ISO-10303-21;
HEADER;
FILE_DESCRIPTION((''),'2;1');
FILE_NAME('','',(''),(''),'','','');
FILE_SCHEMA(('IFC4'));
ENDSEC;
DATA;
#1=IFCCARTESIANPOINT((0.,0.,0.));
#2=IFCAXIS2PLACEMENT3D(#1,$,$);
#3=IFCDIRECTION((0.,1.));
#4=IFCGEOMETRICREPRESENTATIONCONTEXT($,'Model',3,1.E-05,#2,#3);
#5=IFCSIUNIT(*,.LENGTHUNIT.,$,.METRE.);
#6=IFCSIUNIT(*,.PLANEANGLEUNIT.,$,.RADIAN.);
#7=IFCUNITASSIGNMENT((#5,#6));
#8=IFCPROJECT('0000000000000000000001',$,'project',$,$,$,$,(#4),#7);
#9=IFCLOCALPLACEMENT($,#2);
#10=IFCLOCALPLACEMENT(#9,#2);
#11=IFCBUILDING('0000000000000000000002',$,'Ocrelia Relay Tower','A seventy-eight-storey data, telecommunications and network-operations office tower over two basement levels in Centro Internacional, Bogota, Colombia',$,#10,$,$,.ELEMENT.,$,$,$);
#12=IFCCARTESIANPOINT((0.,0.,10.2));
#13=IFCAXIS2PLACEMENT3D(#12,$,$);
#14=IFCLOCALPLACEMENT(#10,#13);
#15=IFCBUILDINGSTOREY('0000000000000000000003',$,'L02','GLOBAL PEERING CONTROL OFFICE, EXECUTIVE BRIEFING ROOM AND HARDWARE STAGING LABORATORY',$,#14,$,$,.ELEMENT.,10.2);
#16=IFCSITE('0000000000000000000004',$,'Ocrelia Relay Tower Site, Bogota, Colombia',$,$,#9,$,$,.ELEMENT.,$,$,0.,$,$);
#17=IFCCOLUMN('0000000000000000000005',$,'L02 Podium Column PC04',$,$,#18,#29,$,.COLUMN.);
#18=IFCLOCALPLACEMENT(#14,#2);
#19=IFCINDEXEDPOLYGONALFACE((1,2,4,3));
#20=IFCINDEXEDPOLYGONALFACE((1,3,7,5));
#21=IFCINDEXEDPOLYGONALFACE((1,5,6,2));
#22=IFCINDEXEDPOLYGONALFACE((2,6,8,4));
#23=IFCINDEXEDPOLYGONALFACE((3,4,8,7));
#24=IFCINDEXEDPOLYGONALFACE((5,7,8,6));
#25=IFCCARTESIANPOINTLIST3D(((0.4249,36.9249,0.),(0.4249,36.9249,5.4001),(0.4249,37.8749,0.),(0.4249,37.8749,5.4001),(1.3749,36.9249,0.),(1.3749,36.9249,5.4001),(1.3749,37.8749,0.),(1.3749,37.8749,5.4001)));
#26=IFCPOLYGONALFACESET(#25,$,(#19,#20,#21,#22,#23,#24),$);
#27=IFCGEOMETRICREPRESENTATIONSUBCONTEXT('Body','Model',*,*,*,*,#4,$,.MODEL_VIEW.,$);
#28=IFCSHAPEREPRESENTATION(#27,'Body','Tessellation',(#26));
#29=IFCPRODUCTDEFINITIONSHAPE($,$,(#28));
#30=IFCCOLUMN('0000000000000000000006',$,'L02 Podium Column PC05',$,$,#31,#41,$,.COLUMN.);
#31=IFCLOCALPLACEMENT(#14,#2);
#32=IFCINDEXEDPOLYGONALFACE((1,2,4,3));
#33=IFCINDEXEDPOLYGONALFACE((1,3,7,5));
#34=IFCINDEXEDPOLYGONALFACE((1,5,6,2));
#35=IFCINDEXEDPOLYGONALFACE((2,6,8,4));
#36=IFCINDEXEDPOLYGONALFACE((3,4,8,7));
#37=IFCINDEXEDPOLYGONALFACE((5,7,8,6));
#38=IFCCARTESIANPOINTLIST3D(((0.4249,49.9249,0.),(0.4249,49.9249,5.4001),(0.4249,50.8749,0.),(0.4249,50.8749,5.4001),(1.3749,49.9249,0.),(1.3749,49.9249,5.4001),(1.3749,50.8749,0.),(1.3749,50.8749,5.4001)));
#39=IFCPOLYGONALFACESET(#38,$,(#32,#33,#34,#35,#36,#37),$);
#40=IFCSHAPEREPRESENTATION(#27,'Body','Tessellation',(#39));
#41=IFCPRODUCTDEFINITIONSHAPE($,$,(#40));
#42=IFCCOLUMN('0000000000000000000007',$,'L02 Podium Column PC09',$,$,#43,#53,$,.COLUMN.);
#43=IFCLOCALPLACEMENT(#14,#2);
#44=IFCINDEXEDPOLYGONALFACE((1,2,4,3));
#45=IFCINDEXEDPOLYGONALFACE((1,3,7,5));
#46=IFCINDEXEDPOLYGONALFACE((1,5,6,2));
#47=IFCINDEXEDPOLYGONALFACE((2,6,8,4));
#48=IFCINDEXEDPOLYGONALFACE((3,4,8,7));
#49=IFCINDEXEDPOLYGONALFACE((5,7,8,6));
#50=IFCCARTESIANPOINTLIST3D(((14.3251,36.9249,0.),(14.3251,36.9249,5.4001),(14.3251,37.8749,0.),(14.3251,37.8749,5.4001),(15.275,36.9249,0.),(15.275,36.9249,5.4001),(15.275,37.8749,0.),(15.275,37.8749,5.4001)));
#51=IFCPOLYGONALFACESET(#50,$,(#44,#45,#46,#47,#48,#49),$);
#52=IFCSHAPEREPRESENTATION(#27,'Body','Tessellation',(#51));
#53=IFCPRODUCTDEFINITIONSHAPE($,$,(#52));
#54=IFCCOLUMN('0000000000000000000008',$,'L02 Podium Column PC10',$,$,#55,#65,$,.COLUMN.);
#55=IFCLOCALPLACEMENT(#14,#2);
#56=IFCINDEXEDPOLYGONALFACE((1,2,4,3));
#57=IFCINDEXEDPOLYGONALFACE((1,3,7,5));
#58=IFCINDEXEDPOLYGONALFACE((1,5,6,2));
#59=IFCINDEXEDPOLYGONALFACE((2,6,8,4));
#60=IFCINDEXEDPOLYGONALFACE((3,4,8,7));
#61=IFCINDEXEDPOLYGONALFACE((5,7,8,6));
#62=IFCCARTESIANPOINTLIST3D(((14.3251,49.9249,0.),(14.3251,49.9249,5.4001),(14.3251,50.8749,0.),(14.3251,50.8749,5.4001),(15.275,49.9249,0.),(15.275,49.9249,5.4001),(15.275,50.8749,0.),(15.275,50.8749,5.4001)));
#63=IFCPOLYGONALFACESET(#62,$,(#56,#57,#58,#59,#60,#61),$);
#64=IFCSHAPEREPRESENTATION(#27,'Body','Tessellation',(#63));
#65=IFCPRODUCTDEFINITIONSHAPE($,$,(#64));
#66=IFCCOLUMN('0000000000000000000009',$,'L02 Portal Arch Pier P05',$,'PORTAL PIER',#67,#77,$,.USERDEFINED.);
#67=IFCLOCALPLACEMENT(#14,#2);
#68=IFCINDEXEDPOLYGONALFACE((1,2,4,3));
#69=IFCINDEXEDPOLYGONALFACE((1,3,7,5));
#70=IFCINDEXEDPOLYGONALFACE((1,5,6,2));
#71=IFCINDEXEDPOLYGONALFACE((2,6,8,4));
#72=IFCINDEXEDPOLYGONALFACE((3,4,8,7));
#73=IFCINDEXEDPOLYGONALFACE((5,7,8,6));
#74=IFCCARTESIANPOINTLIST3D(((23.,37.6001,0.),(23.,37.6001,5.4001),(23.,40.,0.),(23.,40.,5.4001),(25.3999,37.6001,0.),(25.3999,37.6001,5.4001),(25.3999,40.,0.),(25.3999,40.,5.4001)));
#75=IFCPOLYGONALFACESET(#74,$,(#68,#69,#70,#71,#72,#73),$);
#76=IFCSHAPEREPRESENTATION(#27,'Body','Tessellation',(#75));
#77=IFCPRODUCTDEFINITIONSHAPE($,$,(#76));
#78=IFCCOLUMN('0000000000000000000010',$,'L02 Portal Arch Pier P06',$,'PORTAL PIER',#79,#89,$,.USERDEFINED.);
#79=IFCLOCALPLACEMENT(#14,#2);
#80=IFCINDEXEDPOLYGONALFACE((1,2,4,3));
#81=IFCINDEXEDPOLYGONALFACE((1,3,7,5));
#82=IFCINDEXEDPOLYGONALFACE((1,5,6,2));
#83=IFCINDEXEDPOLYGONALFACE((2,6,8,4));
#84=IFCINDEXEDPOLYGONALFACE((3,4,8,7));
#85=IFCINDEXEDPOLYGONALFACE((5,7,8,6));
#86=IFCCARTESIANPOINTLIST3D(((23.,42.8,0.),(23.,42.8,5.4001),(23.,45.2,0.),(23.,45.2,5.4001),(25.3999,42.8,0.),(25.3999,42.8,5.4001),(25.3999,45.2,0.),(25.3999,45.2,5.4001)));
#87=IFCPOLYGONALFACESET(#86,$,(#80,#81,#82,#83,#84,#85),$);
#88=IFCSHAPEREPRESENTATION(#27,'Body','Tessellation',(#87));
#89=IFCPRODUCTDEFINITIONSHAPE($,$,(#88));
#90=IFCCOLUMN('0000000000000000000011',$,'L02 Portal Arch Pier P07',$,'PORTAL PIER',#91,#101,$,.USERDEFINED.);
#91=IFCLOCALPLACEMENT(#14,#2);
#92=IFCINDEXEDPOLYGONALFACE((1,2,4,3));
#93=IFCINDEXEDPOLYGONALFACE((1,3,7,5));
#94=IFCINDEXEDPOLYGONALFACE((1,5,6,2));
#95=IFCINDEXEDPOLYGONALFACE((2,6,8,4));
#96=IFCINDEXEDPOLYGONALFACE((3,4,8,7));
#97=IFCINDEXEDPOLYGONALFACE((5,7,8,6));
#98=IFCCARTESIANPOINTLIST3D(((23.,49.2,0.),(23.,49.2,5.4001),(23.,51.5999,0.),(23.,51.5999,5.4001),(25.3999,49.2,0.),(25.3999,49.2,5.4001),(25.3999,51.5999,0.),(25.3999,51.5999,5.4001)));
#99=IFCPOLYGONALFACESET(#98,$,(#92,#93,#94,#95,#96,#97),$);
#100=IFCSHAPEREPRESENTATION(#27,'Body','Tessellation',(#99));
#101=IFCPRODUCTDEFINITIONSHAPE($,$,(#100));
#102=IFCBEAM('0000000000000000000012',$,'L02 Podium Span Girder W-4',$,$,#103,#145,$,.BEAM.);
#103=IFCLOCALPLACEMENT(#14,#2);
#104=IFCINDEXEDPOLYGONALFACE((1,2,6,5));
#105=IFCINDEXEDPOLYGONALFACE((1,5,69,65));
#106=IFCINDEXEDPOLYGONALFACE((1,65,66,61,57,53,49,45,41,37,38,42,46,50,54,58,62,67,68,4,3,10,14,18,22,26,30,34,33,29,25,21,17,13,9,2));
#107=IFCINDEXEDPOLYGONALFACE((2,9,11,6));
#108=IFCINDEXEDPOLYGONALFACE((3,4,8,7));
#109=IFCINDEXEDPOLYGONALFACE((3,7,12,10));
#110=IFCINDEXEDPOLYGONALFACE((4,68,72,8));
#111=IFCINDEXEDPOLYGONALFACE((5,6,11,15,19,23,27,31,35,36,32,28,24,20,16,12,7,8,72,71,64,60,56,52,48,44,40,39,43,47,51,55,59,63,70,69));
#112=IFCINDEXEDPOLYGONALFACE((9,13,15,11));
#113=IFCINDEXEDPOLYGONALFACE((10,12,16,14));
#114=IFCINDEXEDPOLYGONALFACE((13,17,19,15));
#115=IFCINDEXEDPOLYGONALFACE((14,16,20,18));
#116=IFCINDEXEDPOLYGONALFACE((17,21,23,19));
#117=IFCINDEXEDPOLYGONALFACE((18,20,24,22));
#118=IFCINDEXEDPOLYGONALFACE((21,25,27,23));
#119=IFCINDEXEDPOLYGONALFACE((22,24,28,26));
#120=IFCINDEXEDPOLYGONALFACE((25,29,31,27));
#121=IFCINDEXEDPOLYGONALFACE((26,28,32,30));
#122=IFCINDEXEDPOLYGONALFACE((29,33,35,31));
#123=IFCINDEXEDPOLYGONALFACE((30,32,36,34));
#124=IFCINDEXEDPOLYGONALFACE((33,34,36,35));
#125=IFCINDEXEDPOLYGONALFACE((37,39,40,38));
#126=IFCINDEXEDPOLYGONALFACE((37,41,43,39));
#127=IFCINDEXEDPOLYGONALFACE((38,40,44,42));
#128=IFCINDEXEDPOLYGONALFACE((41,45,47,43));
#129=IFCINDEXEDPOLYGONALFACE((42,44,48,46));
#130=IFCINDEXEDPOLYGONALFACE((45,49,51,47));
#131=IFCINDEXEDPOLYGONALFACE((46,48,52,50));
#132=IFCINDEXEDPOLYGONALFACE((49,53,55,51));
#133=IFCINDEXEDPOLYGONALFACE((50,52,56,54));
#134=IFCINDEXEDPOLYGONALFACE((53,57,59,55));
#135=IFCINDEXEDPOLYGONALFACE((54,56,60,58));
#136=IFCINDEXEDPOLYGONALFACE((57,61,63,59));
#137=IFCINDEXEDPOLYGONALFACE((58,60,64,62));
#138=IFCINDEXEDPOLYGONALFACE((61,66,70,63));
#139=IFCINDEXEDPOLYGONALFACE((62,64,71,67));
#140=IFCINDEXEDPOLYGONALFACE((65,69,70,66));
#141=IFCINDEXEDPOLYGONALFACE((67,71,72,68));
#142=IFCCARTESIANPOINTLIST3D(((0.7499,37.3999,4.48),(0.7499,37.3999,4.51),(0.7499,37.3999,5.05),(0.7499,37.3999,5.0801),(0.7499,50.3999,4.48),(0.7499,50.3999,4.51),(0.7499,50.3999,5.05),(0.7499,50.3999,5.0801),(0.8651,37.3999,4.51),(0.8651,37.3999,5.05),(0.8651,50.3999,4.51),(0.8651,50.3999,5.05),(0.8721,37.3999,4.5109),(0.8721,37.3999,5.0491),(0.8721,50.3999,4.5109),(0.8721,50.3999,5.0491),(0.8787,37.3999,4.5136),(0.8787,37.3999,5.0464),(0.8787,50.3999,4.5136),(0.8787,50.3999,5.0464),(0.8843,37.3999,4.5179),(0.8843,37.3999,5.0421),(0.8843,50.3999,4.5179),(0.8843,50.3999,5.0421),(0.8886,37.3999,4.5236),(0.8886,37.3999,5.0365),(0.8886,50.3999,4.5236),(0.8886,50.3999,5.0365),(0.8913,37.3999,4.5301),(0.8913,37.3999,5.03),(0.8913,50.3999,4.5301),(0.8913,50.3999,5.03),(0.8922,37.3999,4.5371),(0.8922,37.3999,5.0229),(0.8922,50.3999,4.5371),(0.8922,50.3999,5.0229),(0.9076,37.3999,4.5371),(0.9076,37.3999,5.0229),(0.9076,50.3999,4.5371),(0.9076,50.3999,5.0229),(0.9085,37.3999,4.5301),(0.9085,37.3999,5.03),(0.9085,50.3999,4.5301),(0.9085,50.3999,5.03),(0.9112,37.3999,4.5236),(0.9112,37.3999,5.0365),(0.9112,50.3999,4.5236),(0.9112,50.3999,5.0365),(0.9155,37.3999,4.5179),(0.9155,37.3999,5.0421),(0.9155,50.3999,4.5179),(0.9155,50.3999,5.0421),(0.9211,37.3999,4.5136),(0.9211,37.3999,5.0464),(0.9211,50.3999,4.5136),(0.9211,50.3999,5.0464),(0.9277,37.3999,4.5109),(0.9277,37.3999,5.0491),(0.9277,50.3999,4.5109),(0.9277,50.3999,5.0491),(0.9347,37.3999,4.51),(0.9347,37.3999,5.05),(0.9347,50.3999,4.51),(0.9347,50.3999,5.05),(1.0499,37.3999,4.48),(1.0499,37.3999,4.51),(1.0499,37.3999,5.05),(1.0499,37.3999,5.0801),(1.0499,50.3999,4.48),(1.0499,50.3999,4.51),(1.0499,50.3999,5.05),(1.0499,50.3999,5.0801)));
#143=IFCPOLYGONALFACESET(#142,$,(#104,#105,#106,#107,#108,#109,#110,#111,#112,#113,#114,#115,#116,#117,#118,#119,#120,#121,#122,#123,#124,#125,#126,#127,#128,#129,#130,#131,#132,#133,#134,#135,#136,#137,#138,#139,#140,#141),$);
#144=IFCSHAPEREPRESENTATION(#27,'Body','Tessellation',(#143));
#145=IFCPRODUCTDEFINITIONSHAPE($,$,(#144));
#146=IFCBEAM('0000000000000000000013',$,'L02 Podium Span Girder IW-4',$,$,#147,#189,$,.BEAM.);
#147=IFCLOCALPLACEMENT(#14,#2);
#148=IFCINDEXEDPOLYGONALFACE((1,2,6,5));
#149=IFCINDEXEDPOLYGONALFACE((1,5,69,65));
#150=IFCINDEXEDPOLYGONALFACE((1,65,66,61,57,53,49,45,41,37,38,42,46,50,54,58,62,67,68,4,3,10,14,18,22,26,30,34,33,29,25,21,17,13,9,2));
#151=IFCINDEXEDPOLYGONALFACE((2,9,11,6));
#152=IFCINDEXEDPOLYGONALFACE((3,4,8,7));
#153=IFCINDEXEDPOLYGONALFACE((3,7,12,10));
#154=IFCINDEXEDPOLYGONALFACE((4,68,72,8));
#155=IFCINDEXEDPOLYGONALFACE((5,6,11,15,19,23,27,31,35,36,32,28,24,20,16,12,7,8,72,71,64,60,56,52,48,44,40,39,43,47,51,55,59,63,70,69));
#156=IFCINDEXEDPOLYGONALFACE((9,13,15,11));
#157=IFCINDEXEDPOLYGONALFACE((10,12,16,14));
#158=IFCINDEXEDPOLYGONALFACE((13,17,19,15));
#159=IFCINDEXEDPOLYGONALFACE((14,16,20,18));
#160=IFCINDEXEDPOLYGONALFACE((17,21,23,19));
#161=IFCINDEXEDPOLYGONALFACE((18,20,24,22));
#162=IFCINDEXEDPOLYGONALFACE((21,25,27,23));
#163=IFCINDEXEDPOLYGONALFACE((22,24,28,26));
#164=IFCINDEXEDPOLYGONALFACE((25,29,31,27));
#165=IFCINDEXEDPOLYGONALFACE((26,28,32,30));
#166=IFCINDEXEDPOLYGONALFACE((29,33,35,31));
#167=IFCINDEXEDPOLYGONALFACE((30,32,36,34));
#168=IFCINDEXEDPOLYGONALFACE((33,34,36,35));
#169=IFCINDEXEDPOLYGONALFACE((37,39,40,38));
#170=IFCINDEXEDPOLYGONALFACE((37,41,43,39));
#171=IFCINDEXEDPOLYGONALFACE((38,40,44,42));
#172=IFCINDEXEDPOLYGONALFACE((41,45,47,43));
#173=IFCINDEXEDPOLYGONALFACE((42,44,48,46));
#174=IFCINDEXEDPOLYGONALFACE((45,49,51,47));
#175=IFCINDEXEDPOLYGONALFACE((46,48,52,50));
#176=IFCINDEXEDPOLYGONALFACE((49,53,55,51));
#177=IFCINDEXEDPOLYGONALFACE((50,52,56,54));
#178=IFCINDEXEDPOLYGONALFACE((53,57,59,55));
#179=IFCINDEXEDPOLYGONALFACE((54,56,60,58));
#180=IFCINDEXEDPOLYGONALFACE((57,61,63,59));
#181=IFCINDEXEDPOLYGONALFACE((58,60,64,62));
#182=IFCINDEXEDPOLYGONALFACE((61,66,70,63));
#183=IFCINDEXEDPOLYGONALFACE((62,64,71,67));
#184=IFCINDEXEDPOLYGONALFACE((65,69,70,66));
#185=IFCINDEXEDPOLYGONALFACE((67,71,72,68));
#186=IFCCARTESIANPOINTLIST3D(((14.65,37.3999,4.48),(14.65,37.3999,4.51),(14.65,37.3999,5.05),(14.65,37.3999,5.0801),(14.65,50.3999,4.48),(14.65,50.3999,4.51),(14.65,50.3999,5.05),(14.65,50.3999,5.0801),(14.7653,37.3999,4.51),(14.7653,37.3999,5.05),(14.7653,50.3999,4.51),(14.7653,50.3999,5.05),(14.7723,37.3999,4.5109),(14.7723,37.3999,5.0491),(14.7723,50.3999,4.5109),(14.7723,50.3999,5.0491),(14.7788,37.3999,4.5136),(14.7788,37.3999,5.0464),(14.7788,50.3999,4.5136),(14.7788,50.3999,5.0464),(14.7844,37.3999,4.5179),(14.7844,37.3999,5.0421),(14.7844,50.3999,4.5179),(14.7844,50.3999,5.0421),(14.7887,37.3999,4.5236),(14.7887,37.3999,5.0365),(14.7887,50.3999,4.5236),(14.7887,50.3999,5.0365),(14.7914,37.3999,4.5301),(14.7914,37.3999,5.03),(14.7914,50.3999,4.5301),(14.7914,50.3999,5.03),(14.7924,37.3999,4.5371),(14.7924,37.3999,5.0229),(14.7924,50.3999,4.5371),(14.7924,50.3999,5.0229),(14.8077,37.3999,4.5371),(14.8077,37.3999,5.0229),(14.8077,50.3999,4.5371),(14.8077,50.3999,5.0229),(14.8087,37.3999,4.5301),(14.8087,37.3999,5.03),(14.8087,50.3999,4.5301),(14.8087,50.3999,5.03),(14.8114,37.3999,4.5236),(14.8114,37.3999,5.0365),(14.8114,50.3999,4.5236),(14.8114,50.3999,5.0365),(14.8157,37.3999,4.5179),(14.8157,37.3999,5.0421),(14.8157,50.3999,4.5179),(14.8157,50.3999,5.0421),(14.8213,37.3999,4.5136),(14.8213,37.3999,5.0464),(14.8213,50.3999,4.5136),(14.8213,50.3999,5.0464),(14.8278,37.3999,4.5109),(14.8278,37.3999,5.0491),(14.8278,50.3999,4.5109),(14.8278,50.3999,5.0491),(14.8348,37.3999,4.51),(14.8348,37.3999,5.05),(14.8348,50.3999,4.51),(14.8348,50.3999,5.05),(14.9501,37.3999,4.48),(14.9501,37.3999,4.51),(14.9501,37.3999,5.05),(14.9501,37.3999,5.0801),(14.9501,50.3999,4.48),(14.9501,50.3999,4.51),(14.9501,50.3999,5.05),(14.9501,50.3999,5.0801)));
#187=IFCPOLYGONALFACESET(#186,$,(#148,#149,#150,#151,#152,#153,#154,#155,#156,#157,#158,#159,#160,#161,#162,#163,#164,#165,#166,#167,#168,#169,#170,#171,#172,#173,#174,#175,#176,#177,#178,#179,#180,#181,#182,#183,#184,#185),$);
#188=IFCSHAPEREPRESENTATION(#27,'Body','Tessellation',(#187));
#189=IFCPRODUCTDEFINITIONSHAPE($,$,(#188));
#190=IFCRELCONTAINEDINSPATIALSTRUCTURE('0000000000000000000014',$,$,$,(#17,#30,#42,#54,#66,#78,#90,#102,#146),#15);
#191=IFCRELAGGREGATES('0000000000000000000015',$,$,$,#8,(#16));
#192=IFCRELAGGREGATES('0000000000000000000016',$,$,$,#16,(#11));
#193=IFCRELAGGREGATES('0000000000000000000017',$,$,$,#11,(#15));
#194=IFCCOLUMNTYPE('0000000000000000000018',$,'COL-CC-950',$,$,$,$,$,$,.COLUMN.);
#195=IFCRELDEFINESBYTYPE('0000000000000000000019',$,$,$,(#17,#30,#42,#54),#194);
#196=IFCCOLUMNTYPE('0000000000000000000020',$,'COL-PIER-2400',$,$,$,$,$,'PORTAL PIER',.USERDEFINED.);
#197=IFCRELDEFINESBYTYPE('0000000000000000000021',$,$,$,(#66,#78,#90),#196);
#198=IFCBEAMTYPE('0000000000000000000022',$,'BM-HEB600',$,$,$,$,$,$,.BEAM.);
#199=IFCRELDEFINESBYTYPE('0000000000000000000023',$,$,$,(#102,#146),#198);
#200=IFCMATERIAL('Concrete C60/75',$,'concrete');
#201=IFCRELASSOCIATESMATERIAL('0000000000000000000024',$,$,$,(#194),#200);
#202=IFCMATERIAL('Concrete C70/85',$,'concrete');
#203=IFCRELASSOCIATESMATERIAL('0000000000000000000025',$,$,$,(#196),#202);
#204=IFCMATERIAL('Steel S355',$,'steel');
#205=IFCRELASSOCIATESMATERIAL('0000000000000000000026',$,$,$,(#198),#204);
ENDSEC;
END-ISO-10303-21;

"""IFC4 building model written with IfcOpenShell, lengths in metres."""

from ifc_helpers import new_model, si_unit, direction, frame, origin, origin_2d, place, context, subcontext, project, spatial, rectangle, i_section, extrude, material, material_profile, profile_set, type_object, element, save


model = new_model("IFC4")

# Units and contexts
model_context = context("Model", 3, precision=1e-05, world=origin(), true_north=direction((0.0, 1.0)))
body_context = subcontext(model_context, "Body", "Model", "MODEL_VIEW")
ifc_project = project(units=[si_unit("LENGTHUNIT", "METRE"), si_unit("PLANEANGLEUNIT", "RADIAN")], contexts=[model_context])

# Site, building, storey
site_placement = place(None, origin())
site = spatial("IfcSite", under=ifc_project, at=site_placement, Name="Ocrelia Relay Tower Site, Bogota, Colombia", CompositionType="ELEMENT", RefElevation=0.0)
building_placement = place(site_placement, origin())
building = spatial("IfcBuilding", under=site, at=building_placement, Name="Ocrelia Relay Tower", Description="A seventy-eight-storey data, telecommunications and network-operations office tower over two basement levels in Centro Internacional, Bogota, Colombia", CompositionType="ELEMENT")
storey_placement = place(building_placement, frame((0.0, 0.0, 10.2)))
storey = spatial("IfcBuildingStorey", under=building, at=storey_placement, Name="L02", Description="GLOBAL PEERING CONTROL OFFICE, EXECUTIVE BRIEFING ROOM AND HARDWARE STAGING LABORATORY", CompositionType="ELEMENT", Elevation=10.2)

# Columns
ifc_material_1 = material(Name="Concrete C60/75", Category="concrete")
ifc_material_profile_1 = material_profile(ifc_material_1, rectangle(XDim=0.95, YDim=0.95, at=origin_2d()), Name="RC-COL-950x950")
ifc_profile_set_1 = profile_set([ifc_material_profile_1], Name="Concrete C60/75")
column_type_1 = type_object("IfcColumnType", Name="COL-CC-950", PredefinedType="COLUMN", material=ifc_profile_set_1)
for number, where, z_axis, x_axis, name in (
    (1, (0.8999, 37.3999, 0.0), (0.0, 0.0, 1.0), (1.0, 0.0, 0.0), "L02 Podium Column PC04"),
    (2, (0.8999, 50.3999, 0.0), (0.0, 0.0, 1.0), (1.0, 0.0, 0.0), "L02 Podium Column PC05"),
    (3, (14.8, 37.3999, 0.0), (0.0, 0.0, 1.0), (1.0, 0.0, 0.0), "L02 Podium Column PC09"),
    (4, (14.8, 50.3999, 0.0), (0.0, 0.0, 1.0), (1.0, 0.0, 0.0), "L02 Podium Column PC10"),
):
    element("IfcColumn", number, at=place(storey_placement, frame(where, z_axis=z_axis, x_axis=x_axis)), inside=storey, type_object=column_type_1, Name=name, PredefinedType="COLUMN", context=body_context, shape_type="SweptSolid", body=[
        extrude(rectangle(XDim=0.95, YDim=0.95, at=origin_2d()), origin(), (0.0, 0.0, 1.0), 5.4001),
    ])
ifc_material_2 = material(Name="Concrete C70/85", Category="concrete")
ifc_material_profile_2 = material_profile(ifc_material_2, rectangle(XDim=2.3999, YDim=2.3999, at=origin_2d()), Name="RC-PIER-2400x2400")
ifc_profile_set_2 = profile_set([ifc_material_profile_2], Name="Concrete C70/85")
column_type_2 = type_object("IfcColumnType", Name="COL-PIER-2400", ElementType="PORTAL PIER", PredefinedType="USERDEFINED", material=ifc_profile_set_2)
for number, where, z_axis, x_axis, name in (
    (5, (24.2, 38.8, 0.0), (0.0, 0.0, 1.0), (1.0, 0.0, 0.0), "L02 Portal Arch Pier P05"),
    (6, (24.2, 44.0, 0.0), (0.0, 0.0, 1.0), (1.0, 0.0, 0.0), "L02 Portal Arch Pier P06"),
    (7, (24.2, 50.3999, 0.0), (0.0, 0.0, 1.0), (1.0, 0.0, 0.0), "L02 Portal Arch Pier P07"),
):
    element("IfcColumn", number, at=place(storey_placement, frame(where, z_axis=z_axis, x_axis=x_axis)), inside=storey, type_object=column_type_2, Name=name, ObjectType="PORTAL PIER", PredefinedType="USERDEFINED", context=body_context, shape_type="SweptSolid", body=[
        extrude(rectangle(XDim=2.3999, YDim=2.3999, at=origin_2d()), origin(), (0.0, 0.0, 1.0), 5.4001),
    ])

# Beams
ifc_material_3 = material(Name="Steel S355", Category="steel")
ifc_material_profile_3 = material_profile(ifc_material_3, i_section(OverallWidth=0.3, OverallDepth=0.6001, WebThickness=0.0154, FlangeThickness=0.03, FilletRadius=0.0271, at=origin_2d()), Name="HEB 600")
ifc_profile_set_3 = profile_set([ifc_material_profile_3], Name="Steel S355")
beam_type_1 = type_object("IfcBeamType", Name="BM-HEB600", PredefinedType="BEAM", material=ifc_profile_set_3)
for number, where, z_axis, x_axis, name in (
    (8, (0.8999, 37.3999, 4.78), (0.0, 1.0, 0.0), (-1.0, 0.0, 0.0), "L02 Podium Span Girder W-4"),
    (9, (14.8, 37.3999, 4.78), (0.0, 1.0, 0.0), (-1.0, 0.0, 0.0), "L02 Podium Span Girder IW-4"),
):
    element("IfcBeam", number, at=place(storey_placement, frame(where, z_axis=z_axis, x_axis=x_axis)), inside=storey, type_object=beam_type_1, Name=name, PredefinedType="BEAM", context=body_context, shape_type="SweptSolid", body=[
        extrude(i_section(OverallWidth=0.3, OverallDepth=0.6001, WebThickness=0.0154, FlangeThickness=0.03, FilletRadius=0.0271, at=origin_2d()), origin(), (0.0, 0.0, 1.0), 13.0),
    ])

save(model, "model.ifc")
